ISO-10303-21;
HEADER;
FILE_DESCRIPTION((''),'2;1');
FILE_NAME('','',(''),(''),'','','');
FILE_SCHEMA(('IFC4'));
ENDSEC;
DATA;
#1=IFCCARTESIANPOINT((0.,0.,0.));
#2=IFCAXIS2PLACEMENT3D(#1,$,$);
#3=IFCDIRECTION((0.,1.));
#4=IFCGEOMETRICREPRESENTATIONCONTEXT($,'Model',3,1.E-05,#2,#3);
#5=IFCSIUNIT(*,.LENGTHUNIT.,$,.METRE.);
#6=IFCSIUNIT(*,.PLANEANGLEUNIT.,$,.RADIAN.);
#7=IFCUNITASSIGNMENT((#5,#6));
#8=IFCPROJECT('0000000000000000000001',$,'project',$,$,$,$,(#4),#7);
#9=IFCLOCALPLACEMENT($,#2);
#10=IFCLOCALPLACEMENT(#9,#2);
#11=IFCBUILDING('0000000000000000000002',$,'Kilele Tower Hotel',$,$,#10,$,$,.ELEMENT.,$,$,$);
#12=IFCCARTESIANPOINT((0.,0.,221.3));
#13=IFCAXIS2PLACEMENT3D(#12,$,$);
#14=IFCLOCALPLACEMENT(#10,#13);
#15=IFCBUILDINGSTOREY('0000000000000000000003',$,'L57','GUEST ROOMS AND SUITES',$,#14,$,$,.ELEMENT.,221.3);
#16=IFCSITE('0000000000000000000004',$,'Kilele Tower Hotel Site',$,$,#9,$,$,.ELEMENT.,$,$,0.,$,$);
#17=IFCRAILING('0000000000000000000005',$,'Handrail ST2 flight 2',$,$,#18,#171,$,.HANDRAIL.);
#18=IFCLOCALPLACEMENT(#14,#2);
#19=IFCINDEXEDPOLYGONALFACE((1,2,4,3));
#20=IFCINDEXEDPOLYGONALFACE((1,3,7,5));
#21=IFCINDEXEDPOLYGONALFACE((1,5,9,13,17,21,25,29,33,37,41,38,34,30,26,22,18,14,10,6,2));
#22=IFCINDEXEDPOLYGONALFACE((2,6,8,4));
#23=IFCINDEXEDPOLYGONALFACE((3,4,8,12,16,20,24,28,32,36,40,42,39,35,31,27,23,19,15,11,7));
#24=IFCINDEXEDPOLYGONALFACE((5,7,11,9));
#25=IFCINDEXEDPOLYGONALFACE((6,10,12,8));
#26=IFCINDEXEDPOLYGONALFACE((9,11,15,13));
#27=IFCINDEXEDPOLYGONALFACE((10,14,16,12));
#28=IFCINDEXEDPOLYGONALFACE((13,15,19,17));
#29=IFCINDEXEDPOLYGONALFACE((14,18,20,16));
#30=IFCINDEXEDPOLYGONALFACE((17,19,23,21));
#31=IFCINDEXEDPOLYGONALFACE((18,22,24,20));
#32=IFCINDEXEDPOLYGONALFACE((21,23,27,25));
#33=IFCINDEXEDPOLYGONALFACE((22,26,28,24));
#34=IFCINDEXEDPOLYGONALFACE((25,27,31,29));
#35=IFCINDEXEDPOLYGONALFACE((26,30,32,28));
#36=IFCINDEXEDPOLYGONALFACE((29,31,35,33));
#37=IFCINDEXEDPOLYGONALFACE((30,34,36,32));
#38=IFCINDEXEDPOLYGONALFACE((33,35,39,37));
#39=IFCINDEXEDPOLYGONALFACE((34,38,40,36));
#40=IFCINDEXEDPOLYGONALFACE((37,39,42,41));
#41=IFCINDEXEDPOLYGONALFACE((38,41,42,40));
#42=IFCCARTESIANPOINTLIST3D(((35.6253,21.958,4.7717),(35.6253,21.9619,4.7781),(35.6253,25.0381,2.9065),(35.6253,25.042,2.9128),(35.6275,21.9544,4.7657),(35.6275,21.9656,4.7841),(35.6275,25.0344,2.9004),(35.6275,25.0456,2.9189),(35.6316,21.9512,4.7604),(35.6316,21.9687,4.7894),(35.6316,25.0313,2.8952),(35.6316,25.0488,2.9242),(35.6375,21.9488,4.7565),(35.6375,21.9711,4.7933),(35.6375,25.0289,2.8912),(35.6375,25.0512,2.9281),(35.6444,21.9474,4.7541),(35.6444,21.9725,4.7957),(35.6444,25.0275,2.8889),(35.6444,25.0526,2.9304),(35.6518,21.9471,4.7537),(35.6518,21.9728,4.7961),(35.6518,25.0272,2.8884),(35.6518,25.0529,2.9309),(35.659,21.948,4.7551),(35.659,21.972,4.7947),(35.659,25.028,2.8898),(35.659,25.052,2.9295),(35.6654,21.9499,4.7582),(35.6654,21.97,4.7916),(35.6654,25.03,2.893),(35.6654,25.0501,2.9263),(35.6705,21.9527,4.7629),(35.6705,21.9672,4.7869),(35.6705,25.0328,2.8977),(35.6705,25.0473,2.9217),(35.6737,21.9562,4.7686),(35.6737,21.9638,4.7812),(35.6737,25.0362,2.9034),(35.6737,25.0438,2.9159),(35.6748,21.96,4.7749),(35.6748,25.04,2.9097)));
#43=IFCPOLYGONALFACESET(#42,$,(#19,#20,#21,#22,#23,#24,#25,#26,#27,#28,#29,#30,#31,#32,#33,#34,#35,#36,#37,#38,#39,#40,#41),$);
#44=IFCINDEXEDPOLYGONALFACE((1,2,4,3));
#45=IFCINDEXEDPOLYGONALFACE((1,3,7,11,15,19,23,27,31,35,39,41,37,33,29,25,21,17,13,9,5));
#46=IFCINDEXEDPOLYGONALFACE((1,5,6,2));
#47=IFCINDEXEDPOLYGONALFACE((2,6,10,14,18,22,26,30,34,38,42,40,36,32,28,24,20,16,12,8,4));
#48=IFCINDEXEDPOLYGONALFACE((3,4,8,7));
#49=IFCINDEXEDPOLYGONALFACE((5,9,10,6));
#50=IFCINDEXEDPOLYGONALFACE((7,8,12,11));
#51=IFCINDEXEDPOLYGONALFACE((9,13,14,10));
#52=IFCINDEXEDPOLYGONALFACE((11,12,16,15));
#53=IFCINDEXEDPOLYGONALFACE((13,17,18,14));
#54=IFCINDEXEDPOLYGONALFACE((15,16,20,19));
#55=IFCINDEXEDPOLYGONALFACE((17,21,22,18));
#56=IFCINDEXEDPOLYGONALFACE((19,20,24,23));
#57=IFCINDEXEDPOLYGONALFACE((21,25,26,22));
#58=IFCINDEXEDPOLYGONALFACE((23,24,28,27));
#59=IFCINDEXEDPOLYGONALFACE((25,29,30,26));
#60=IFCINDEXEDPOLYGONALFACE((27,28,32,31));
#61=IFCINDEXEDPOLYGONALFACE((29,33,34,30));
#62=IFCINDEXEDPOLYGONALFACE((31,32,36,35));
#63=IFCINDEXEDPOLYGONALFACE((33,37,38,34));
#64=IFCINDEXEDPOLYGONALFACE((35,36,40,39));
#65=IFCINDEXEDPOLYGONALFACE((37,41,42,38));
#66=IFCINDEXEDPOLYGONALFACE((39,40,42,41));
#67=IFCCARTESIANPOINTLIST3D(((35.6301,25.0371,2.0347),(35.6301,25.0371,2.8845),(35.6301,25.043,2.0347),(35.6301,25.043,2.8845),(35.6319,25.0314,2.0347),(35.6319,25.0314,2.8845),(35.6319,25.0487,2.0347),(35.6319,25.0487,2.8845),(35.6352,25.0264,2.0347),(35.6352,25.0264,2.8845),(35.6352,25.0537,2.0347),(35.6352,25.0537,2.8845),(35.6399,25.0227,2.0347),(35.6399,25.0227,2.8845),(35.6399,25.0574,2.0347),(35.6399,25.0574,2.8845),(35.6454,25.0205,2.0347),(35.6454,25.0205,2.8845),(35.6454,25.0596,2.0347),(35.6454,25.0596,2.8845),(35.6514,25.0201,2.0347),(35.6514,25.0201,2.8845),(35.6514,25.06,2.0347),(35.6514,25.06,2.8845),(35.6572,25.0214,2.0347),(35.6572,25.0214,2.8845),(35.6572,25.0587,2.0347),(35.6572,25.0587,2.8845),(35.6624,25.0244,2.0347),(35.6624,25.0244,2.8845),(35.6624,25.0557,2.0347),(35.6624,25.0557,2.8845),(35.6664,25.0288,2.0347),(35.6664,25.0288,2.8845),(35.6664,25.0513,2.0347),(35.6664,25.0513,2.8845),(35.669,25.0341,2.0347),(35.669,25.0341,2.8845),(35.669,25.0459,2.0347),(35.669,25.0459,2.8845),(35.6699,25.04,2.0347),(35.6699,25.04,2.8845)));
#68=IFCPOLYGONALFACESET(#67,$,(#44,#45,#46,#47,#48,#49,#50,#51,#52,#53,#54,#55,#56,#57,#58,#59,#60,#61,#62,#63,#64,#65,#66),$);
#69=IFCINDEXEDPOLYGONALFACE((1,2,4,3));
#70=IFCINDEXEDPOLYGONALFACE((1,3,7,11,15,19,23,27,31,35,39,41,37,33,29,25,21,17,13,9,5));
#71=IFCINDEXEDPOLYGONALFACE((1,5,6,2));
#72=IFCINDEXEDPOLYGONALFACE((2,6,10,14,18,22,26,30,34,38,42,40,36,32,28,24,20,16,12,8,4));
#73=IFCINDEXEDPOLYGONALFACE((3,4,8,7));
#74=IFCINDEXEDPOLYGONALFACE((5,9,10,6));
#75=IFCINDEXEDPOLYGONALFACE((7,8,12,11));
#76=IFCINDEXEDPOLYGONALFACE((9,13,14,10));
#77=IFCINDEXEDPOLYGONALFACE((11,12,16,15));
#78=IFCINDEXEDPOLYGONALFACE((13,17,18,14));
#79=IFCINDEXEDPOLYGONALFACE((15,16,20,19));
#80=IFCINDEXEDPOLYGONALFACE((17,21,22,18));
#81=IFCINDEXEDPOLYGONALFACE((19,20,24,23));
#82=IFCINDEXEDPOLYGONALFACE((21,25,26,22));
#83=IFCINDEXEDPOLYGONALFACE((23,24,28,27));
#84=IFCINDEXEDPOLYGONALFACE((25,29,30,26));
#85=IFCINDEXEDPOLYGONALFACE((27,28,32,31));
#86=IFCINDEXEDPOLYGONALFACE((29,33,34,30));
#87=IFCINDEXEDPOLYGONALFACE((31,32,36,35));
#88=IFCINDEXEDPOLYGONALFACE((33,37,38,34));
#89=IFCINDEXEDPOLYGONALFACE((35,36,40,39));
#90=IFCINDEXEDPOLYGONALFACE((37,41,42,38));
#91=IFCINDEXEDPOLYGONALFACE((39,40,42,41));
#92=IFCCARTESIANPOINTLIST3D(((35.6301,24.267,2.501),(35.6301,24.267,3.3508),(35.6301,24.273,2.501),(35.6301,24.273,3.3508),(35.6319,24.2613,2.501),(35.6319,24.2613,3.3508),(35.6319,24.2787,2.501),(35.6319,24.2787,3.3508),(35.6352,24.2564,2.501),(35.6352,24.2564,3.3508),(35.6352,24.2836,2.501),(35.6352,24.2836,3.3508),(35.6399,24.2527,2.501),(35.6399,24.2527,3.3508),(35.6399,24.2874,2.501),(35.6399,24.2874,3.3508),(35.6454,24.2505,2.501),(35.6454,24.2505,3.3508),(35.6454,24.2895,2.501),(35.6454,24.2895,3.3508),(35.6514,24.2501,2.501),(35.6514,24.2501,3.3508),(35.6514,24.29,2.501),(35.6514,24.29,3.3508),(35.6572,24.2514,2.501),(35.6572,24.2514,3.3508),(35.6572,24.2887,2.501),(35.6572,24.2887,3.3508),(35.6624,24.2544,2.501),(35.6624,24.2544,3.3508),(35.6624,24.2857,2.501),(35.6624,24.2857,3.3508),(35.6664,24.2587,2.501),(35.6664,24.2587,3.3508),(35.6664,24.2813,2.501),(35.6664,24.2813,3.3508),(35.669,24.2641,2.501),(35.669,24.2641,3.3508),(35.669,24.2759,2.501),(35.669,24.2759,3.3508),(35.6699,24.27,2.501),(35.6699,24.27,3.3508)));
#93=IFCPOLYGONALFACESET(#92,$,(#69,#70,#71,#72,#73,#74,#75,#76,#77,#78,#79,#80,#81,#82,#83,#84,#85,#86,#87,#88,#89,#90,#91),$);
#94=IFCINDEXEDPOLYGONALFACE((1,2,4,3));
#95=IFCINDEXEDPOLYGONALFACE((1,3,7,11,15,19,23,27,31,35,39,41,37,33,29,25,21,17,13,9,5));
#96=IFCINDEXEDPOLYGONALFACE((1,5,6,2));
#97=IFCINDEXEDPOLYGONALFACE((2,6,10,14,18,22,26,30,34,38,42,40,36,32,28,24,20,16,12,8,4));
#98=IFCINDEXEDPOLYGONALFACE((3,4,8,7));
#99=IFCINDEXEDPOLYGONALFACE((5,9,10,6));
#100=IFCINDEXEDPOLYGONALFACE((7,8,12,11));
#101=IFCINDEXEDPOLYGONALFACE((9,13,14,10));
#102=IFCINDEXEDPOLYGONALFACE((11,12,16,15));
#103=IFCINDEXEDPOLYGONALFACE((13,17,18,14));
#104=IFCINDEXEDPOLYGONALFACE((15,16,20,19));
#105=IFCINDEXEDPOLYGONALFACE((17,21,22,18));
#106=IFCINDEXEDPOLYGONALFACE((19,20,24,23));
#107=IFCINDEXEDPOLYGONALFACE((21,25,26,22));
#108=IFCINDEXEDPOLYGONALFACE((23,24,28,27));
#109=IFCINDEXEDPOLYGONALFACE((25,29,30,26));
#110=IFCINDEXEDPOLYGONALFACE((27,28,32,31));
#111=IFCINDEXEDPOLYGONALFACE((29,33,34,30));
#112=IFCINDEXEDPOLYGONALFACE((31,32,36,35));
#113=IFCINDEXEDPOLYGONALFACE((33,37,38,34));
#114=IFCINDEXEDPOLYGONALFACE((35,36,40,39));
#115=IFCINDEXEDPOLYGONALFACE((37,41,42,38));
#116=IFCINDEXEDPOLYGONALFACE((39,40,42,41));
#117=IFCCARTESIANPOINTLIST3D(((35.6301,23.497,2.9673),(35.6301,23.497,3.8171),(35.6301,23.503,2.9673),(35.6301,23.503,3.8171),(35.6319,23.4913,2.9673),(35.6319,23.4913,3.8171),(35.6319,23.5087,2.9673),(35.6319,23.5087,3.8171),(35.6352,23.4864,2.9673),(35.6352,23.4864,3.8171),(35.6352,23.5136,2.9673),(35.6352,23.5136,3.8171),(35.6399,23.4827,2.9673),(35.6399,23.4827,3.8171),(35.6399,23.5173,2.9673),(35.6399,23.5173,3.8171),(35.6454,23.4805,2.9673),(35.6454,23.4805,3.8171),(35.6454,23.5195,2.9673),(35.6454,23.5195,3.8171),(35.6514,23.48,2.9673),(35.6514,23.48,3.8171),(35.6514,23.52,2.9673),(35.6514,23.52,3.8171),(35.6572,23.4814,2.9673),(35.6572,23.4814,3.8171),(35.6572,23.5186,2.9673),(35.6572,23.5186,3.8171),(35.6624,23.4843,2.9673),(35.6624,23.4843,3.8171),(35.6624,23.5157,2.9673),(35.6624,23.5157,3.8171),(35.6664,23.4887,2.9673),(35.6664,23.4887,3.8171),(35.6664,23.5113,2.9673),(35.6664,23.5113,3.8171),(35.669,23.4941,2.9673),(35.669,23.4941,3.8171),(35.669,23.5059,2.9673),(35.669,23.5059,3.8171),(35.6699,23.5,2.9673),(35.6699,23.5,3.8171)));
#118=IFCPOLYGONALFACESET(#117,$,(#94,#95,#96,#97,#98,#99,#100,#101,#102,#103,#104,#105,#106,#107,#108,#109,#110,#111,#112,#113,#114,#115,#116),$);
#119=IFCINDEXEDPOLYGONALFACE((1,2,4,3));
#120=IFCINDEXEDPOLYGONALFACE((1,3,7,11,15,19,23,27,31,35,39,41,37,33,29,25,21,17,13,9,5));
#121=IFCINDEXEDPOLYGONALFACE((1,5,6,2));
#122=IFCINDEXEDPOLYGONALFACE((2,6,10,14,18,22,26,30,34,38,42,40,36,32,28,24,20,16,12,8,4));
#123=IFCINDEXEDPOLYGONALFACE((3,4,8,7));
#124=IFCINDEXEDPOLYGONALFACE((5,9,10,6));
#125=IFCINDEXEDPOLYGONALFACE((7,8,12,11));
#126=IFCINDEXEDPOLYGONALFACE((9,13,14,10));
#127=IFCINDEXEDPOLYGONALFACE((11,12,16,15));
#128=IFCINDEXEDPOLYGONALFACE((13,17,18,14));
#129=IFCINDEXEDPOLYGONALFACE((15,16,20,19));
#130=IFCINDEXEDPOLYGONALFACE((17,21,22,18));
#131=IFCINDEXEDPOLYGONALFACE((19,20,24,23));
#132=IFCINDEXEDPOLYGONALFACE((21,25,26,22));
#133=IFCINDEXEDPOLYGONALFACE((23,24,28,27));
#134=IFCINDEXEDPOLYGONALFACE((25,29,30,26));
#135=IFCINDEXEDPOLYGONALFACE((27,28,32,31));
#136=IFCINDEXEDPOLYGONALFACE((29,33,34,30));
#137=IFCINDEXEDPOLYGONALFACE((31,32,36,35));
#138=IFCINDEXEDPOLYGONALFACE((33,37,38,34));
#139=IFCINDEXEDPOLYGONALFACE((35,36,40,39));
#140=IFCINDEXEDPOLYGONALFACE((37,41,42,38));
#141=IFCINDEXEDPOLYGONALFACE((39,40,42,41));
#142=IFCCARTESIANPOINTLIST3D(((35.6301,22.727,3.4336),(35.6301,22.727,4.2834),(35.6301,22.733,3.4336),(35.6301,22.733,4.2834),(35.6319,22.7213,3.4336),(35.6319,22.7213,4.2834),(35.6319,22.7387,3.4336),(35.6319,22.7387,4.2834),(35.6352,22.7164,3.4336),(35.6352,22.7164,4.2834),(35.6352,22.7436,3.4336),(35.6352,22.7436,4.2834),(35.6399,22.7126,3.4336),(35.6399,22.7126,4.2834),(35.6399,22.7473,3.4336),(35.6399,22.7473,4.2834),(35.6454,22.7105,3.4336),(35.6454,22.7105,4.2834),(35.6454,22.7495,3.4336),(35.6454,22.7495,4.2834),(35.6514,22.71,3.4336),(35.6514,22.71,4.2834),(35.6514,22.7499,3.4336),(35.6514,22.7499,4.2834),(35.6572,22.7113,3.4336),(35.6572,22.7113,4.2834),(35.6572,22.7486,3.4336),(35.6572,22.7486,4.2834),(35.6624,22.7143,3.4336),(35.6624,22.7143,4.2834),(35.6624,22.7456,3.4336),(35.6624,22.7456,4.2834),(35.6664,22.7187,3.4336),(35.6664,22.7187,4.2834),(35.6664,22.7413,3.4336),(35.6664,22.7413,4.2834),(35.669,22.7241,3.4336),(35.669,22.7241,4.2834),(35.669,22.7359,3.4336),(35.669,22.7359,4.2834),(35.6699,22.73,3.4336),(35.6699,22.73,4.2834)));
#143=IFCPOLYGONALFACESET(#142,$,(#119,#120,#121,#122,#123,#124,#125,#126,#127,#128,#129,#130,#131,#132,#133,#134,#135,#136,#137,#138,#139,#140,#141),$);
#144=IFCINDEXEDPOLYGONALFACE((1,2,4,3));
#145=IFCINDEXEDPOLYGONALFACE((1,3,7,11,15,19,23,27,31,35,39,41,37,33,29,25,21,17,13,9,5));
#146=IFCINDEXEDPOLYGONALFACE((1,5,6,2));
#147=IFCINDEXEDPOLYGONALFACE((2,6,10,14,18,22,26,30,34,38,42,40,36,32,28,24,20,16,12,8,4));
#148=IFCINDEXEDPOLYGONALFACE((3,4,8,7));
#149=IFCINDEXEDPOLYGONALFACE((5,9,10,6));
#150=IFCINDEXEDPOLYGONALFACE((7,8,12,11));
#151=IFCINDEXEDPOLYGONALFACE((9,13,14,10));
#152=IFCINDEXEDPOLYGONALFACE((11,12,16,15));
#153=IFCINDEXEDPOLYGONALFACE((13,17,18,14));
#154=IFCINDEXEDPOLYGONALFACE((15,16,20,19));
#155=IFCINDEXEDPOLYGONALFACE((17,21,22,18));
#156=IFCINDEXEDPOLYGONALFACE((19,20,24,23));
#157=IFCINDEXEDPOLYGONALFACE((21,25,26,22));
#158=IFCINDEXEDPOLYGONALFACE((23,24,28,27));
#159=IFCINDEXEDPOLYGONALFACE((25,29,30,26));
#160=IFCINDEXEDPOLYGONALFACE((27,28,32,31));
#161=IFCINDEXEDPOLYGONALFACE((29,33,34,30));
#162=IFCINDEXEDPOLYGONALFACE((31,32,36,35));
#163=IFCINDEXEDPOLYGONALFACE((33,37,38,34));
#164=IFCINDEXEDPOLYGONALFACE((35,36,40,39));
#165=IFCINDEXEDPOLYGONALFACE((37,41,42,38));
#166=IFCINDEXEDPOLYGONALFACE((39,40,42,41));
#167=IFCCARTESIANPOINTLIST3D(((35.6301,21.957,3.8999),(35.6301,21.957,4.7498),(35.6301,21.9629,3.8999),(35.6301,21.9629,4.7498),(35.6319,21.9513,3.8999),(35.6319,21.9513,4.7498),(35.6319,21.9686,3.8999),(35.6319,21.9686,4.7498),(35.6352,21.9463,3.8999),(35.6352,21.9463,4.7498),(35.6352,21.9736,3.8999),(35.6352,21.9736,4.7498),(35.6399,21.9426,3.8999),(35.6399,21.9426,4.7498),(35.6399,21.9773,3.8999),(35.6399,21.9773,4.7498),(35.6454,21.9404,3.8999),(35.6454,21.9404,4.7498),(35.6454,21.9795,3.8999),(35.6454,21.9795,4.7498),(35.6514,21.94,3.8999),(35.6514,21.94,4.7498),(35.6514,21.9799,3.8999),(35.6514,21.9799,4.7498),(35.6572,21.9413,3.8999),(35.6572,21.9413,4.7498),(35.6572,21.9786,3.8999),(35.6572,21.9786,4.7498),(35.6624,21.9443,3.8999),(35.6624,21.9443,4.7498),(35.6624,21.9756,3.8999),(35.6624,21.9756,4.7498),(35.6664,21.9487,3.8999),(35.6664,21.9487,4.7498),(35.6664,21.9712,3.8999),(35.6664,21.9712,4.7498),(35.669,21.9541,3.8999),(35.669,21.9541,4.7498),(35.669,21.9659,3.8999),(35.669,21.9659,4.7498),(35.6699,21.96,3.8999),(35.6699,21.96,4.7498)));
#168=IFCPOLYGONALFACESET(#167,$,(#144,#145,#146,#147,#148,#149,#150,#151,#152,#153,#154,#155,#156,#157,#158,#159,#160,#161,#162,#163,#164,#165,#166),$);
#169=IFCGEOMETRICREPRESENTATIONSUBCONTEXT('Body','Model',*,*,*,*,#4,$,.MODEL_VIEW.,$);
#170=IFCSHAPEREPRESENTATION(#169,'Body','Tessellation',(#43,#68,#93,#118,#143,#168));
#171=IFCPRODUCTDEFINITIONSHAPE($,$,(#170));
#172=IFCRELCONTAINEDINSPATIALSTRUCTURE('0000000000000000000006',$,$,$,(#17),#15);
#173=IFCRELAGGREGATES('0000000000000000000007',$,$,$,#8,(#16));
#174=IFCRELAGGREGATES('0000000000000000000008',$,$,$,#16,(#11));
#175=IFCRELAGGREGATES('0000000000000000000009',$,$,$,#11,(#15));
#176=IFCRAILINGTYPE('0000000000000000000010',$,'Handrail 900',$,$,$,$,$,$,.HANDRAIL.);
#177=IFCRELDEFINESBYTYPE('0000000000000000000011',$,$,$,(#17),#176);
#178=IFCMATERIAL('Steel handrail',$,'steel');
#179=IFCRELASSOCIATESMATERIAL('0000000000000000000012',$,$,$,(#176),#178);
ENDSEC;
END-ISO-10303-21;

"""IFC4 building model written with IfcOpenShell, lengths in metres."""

from ifc_helpers import new_model, si_unit, direction, frame, origin, origin_2d, place, context, subcontext, project, spatial, circle, extrude, material, type_object, element, save


model = new_model("IFC4")

# Units and contexts
model_context = context("Model", 3, precision=1e-05, world=origin(), true_north=direction((0.0, 1.0)))
body_context = subcontext(model_context, "Body", "Model", "MODEL_VIEW")
ifc_project = project(units=[si_unit("LENGTHUNIT", "METRE"), si_unit("PLANEANGLEUNIT", "RADIAN")], contexts=[model_context])

# Site, building, storey
site_placement = place(None, origin())
site = spatial("IfcSite", under=ifc_project, at=site_placement, Name="Kilele Tower Hotel Site", CompositionType="ELEMENT", RefElevation=0.0)
building_placement = place(site_placement, origin())
building = spatial("IfcBuilding", under=site, at=building_placement, Name="Kilele Tower Hotel", CompositionType="ELEMENT")
storey_placement = place(building_placement, frame((0.0, 0.0, 221.3)))
storey = spatial("IfcBuildingStorey", under=building, at=storey_placement, Name="L57", Description="GUEST ROOMS AND SUITES", CompositionType="ELEMENT", Elevation=221.3)

# Railing
ifc_material_1 = material(Name="Steel handrail", Category="steel")
railing_type_1 = type_object("IfcRailingType", Name="Handrail 900", PredefinedType="HANDRAIL", material=ifc_material_1)
for number, where, name in (
    (1, (35.6499, 25.04, 2.0347), "Handrail ST2 flight 2"),
):
    element("IfcRailing", number, at=place(storey_placement, frame(where)), inside=storey, type_object=railing_type_1, Name=name, PredefinedType="HANDRAIL", context=body_context, shape_type="SweptSolid", body=[
        extrude(circle(Radius=0.0249, at=origin_2d()), frame((0.0, 0.0, 0.875), z_axis=(0.0, -0.85538, 0.518001), x_axis=(1.0, 0.0, 0.0)), (0.0, 0.0, 1.0), 3.6008),
        extrude(circle(Radius=0.02, at=origin_2d()), origin(), (0.0, 0.0, 1.0), 0.8499),
        extrude(circle(Radius=0.02, at=origin_2d()), frame((0.0, -0.77, 0.4663)), (0.0, 0.0, 1.0), 0.8499),
        extrude(circle(Radius=0.02, at=origin_2d()), frame((0.0, -1.54, 0.9326)), (0.0, 0.0, 1.0), 0.8499),
        extrude(circle(Radius=0.02, at=origin_2d()), frame((0.0, -2.3101, 1.3989)), (0.0, 0.0, 1.0), 0.8499),
        extrude(circle(Radius=0.02, at=origin_2d()), frame((0.0, -3.0801, 1.8652)), (0.0, 0.0, 1.0), 0.8499),
    ])

save(model, "model.ifc")
